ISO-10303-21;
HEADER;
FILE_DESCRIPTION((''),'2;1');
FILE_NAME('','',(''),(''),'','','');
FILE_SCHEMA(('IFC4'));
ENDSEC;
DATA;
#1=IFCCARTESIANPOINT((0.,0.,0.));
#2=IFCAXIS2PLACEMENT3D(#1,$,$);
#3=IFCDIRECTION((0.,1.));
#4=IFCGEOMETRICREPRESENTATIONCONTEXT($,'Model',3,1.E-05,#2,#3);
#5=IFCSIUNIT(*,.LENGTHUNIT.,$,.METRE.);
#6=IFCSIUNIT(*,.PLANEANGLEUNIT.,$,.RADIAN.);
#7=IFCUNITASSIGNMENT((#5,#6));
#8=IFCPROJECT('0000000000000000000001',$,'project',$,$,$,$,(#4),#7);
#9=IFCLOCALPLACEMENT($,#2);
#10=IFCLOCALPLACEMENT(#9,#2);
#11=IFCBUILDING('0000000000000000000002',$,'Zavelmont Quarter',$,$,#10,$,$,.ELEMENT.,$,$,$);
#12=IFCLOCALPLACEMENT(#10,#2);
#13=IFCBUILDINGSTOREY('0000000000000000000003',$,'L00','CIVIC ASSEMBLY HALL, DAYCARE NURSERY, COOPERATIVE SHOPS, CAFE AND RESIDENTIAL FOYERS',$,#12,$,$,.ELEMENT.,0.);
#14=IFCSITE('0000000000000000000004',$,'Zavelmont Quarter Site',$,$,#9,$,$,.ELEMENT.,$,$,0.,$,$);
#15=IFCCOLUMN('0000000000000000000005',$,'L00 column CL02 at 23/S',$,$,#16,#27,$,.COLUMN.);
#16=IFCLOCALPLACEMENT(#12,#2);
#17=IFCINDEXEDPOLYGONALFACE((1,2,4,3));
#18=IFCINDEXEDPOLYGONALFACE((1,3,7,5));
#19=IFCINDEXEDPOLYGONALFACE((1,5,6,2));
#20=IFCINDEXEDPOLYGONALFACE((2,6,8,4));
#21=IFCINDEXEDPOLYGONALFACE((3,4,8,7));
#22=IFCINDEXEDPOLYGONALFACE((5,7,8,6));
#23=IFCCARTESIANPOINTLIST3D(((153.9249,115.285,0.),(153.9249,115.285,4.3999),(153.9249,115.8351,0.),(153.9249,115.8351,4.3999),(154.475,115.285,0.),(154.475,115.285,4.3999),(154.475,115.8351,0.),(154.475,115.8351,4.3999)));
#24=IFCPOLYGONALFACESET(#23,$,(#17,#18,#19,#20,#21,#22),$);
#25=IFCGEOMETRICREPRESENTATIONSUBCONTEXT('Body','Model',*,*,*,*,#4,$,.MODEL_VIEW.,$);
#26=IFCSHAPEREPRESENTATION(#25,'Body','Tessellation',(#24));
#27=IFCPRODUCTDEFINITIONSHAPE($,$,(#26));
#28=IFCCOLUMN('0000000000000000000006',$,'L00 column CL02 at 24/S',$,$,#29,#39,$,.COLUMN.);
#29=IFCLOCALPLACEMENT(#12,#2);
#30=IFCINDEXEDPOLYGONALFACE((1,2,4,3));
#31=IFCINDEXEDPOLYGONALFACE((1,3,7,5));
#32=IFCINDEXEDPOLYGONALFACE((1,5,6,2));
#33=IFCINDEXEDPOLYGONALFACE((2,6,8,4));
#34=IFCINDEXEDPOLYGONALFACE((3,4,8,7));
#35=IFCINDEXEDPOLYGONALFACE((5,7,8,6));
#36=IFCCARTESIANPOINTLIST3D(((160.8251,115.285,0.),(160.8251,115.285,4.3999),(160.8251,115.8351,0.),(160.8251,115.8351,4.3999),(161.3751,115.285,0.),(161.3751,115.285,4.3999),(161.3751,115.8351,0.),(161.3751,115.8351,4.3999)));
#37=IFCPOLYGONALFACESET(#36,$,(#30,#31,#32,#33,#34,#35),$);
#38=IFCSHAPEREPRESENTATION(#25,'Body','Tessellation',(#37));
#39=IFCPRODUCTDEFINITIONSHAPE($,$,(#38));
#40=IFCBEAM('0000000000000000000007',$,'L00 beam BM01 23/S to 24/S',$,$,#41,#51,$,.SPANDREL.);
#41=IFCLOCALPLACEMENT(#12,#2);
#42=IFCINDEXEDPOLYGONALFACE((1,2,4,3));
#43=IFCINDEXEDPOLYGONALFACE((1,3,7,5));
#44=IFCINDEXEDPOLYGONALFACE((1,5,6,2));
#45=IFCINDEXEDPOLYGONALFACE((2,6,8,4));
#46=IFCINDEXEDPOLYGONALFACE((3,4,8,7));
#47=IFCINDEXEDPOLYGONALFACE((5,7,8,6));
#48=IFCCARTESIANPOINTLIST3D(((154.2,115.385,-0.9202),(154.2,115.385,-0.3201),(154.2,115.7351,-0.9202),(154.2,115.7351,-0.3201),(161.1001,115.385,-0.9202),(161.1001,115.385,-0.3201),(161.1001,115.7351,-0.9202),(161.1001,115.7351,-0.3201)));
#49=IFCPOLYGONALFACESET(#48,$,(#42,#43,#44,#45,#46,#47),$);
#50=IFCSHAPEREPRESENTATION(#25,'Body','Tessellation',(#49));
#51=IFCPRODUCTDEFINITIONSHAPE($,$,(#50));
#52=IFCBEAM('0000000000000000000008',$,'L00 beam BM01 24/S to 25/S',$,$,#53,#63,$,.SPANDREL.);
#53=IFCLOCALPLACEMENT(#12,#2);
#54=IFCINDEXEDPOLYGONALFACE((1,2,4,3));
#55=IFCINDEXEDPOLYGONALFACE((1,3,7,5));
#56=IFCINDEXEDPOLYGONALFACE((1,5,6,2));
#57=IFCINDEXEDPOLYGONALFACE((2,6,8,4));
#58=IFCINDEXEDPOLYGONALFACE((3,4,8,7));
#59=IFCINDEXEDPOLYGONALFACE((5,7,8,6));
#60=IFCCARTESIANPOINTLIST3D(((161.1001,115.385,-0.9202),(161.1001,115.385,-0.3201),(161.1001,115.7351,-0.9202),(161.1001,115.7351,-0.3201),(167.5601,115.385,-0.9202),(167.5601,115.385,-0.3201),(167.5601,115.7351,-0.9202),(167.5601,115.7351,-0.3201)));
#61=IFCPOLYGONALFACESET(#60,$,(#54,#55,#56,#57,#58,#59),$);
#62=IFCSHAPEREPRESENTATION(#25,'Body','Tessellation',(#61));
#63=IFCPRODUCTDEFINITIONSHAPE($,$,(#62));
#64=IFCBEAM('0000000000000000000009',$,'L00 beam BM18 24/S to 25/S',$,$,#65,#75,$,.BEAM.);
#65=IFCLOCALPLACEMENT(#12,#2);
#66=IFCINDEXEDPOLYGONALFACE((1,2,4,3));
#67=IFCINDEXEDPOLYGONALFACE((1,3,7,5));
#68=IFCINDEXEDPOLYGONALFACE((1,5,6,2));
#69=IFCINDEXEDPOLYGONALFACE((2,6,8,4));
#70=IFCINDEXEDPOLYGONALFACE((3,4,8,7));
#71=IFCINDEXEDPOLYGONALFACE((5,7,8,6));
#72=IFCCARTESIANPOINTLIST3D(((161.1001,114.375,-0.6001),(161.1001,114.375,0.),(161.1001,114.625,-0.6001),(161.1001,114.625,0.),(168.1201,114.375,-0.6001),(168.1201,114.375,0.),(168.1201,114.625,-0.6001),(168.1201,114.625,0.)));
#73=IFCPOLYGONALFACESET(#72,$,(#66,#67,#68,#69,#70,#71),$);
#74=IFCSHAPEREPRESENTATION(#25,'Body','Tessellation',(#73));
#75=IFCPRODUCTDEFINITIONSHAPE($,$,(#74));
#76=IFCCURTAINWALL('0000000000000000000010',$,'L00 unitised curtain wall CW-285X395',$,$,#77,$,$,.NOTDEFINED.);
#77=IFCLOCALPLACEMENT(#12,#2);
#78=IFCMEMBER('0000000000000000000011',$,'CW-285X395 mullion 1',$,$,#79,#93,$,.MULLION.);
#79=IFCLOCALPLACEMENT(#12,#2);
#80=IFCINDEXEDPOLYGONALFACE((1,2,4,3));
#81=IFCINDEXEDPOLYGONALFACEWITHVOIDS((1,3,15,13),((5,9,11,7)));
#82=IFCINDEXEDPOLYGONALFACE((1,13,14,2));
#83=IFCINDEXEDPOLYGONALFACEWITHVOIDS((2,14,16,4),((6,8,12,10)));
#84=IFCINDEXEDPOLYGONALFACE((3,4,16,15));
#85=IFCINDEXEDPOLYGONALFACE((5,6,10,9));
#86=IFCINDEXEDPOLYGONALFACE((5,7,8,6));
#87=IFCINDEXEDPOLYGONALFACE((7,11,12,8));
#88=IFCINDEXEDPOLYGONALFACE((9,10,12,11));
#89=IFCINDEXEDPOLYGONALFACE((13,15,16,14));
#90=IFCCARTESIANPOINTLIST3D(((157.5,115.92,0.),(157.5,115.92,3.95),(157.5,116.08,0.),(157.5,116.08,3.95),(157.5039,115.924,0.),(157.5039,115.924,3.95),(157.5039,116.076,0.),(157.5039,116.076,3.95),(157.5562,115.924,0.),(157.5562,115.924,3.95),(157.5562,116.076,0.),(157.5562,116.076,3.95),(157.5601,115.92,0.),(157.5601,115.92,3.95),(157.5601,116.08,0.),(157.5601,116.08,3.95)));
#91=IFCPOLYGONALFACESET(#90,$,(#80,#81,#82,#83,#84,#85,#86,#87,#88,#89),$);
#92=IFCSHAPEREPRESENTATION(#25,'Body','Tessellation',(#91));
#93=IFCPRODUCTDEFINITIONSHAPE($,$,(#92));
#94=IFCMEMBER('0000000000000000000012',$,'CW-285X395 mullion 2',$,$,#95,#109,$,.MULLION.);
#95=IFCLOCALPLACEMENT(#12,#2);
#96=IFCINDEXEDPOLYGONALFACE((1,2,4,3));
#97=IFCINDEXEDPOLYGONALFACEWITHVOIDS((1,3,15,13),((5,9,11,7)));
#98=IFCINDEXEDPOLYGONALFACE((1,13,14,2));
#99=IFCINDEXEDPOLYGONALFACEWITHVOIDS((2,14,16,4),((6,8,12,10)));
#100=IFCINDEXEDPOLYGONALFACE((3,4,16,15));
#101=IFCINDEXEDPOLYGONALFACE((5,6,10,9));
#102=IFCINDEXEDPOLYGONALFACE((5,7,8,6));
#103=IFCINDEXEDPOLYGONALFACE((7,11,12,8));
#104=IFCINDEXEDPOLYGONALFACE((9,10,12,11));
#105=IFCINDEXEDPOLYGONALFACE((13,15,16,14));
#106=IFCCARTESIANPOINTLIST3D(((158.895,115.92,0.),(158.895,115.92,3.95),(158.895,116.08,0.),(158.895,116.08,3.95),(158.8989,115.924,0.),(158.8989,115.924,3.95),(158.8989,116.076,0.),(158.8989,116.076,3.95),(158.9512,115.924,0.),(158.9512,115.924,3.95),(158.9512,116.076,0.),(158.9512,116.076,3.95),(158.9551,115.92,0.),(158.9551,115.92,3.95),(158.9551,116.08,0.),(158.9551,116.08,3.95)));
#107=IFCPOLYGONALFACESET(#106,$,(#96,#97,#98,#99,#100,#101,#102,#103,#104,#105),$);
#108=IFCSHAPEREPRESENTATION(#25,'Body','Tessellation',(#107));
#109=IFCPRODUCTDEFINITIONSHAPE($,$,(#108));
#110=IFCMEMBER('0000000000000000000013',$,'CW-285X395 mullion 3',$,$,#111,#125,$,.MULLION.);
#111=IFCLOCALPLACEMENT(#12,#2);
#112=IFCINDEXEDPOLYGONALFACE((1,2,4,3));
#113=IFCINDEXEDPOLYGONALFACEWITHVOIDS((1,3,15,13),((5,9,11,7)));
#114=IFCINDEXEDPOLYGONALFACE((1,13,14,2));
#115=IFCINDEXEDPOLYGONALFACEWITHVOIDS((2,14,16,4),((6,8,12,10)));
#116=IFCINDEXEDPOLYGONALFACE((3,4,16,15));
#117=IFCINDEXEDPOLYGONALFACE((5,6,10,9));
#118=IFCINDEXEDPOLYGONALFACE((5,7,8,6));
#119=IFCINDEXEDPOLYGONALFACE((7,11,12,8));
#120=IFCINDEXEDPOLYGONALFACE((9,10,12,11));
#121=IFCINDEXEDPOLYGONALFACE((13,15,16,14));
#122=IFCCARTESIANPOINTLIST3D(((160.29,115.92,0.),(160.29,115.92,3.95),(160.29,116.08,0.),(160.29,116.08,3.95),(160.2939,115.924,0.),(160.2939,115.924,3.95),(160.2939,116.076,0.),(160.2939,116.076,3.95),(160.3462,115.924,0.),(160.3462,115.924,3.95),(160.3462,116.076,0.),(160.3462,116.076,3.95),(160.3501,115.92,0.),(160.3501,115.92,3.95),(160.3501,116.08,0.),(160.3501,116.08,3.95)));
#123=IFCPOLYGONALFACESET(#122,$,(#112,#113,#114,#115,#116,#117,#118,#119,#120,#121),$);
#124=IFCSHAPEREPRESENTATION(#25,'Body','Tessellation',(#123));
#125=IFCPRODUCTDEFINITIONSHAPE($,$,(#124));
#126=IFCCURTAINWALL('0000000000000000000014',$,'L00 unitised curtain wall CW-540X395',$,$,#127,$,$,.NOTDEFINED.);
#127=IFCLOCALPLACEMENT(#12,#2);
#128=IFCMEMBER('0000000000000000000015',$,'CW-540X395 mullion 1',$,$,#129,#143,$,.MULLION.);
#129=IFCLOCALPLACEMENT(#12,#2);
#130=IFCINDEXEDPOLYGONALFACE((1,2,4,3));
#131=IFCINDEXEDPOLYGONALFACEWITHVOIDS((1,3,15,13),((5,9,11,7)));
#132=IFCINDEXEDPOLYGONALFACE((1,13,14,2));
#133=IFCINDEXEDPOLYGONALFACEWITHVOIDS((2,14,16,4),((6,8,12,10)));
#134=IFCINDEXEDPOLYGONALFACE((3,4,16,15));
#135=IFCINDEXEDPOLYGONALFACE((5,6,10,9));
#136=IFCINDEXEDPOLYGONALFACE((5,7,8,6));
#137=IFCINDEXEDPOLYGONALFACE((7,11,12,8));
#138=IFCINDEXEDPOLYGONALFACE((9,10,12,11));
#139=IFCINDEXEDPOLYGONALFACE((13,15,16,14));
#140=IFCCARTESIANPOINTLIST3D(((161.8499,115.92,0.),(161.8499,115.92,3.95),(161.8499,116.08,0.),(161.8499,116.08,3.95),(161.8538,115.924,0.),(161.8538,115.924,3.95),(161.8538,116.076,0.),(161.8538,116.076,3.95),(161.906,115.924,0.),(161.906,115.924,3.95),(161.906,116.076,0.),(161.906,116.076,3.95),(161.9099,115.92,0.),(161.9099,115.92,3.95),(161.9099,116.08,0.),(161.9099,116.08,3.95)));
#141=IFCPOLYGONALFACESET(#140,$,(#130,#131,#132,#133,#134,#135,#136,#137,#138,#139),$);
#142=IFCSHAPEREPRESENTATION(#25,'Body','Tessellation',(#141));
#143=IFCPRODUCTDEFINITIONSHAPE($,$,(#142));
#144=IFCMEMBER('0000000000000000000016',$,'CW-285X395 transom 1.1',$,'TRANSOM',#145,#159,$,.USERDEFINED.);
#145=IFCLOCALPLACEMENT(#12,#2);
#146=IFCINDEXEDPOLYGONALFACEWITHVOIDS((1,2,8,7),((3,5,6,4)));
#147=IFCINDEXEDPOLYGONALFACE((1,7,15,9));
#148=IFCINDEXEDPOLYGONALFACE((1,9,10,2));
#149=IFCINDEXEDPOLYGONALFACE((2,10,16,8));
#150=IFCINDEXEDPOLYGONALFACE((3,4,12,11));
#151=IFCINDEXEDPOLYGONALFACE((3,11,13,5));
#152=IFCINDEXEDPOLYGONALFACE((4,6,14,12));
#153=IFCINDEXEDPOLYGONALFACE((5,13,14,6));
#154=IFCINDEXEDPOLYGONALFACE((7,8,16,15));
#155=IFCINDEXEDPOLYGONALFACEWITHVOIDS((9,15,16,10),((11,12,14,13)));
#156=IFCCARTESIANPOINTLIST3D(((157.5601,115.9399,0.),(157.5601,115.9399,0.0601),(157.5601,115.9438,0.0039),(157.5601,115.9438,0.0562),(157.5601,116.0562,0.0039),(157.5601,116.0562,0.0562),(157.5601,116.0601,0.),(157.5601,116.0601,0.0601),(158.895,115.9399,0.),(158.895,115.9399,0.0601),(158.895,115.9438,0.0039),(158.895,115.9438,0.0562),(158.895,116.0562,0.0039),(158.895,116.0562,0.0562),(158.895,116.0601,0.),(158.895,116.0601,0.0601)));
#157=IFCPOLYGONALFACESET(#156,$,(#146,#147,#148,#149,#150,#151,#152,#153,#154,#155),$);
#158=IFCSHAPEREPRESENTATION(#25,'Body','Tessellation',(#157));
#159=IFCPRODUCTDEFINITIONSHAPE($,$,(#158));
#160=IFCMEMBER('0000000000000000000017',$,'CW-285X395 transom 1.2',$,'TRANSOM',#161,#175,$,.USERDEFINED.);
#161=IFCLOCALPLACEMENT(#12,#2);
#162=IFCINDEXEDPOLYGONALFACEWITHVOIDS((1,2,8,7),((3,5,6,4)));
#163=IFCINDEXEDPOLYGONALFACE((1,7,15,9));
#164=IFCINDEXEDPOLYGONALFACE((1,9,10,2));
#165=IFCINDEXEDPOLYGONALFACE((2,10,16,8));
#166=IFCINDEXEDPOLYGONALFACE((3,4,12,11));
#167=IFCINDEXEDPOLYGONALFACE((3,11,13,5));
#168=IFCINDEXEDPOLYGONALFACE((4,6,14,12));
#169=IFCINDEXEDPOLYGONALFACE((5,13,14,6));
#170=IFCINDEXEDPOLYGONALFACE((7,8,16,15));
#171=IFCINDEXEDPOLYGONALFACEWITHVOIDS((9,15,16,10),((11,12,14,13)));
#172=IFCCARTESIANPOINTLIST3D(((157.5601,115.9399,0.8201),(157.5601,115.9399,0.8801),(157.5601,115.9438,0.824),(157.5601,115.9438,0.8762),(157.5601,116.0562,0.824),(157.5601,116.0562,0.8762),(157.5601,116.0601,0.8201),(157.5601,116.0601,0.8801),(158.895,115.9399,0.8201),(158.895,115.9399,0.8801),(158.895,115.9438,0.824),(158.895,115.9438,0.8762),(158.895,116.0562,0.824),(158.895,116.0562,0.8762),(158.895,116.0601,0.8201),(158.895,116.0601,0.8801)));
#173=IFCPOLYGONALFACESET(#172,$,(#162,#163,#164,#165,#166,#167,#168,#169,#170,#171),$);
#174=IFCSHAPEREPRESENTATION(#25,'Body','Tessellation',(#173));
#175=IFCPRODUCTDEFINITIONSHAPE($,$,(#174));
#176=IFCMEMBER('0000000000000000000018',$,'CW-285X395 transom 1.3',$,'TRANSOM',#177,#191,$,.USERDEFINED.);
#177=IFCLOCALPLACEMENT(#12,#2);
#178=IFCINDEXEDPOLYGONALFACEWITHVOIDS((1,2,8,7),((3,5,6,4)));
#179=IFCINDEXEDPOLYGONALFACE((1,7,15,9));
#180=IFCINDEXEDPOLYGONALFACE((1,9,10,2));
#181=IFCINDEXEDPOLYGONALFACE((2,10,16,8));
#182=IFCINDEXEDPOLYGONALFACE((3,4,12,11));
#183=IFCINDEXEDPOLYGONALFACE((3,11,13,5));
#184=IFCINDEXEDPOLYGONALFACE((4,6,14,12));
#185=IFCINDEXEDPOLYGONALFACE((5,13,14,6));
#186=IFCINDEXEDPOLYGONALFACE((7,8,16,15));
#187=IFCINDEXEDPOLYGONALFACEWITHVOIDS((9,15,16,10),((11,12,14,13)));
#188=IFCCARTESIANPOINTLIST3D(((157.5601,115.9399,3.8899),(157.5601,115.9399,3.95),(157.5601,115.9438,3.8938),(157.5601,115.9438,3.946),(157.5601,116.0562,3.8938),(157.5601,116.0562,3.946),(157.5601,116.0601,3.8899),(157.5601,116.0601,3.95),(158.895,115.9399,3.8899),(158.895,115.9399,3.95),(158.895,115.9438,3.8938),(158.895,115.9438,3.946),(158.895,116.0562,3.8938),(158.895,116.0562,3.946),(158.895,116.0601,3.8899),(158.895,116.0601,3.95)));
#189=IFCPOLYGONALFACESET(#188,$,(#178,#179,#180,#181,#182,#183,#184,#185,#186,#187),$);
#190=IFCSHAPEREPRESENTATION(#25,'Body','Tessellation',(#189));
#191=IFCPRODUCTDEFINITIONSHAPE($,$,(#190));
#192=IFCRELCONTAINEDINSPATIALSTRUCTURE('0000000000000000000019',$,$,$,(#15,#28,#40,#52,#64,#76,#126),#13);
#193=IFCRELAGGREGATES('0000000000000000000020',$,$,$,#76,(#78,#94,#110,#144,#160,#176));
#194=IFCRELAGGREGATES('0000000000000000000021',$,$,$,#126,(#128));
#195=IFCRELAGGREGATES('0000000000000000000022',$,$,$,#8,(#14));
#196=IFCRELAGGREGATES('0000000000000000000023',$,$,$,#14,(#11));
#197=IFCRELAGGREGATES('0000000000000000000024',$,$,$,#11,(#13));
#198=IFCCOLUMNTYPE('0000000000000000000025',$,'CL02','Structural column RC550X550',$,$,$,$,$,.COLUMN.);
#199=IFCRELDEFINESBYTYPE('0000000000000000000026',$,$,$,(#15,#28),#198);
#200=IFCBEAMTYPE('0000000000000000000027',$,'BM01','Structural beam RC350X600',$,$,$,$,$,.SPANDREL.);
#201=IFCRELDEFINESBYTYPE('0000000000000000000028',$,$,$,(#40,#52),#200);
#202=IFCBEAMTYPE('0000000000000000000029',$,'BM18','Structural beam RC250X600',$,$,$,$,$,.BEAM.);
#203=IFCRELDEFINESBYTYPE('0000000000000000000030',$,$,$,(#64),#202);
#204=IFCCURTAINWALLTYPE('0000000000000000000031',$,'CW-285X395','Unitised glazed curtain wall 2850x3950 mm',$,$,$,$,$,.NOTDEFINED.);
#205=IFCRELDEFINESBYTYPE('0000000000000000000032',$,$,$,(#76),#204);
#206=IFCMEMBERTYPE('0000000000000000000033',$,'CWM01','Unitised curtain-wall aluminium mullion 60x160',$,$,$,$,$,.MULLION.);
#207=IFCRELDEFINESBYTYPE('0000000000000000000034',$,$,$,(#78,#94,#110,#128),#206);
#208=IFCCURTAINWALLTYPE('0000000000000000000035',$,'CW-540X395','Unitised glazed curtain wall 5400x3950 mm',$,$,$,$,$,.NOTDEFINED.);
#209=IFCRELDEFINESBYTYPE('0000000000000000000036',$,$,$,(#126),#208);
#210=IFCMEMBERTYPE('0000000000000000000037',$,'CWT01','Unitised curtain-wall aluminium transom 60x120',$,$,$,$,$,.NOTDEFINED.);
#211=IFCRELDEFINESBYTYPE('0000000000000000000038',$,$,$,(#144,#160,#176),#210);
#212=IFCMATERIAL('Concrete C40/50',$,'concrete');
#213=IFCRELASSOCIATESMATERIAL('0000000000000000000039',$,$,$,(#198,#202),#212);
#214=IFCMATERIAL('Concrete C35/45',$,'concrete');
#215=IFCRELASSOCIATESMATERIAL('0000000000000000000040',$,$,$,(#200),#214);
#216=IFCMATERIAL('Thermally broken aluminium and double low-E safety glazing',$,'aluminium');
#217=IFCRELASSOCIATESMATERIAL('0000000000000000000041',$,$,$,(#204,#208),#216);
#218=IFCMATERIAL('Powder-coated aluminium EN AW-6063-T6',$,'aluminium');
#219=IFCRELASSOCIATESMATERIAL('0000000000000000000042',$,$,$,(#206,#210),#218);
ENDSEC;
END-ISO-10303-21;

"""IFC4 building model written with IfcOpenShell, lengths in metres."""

from ifc_helpers import new_model, si_unit, direction, frame, origin, origin_2d, place, context, subcontext, project, spatial, rectangle, hollow_rectangle, extrude, material, material_profile, profile_set, type_object, element, aggregate, save


model = new_model("IFC4")

# Units and contexts
model_context = context("Model", 3, precision=1e-05, world=origin(), true_north=direction((0.0, 1.0)))
body_context = subcontext(model_context, "Body", "Model", "MODEL_VIEW")
ifc_project = project(units=[si_unit("LENGTHUNIT", "METRE"), si_unit("PLANEANGLEUNIT", "RADIAN")], contexts=[model_context])

# Site, building, storey
site_placement = place(None, origin())
site = spatial("IfcSite", under=ifc_project, at=site_placement, Name="Zavelmont Quarter Site", CompositionType="ELEMENT", RefElevation=0.0)
building_placement = place(site_placement, origin())
building = spatial("IfcBuilding", under=site, at=building_placement, Name="Zavelmont Quarter", CompositionType="ELEMENT")
storey_placement = place(building_placement, origin())
storey = spatial("IfcBuildingStorey", under=building, at=storey_placement, Name="L00", Description="CIVIC ASSEMBLY HALL, DAYCARE NURSERY, COOPERATIVE SHOPS, CAFE AND RESIDENTIAL FOYERS", CompositionType="ELEMENT", Elevation=0.0)

# Columns
ifc_material_1 = material(Name="Concrete C40/50", Category="concrete")
ifc_material_profile_1 = material_profile(ifc_material_1, rectangle(XDim=0.55, YDim=0.55, at=origin_2d()), Name="RC550X550")
ifc_profile_set_1 = profile_set([ifc_material_profile_1], Name="Concrete C40/50")
column_type = type_object("IfcColumnType", Name="CL02", Description="Structural column RC550X550", PredefinedType="COLUMN", material=ifc_profile_set_1)
for number, where, z_axis, x_axis, name in (
    (1, (154.2, 115.5601, 0.0), (0.0, 0.0, 1.0), (1.0, 0.0, 0.0), "L00 column CL02 at 23/S"),
    (2, (161.1001, 115.5601, 0.0), (0.0, 0.0, 1.0), (1.0, 0.0, 0.0), "L00 column CL02 at 24/S"),
):
    element("IfcColumn", number, at=place(storey_placement, frame(where, z_axis=z_axis, x_axis=x_axis)), inside=storey, type_object=column_type, Name=name, PredefinedType="COLUMN", context=body_context, shape_type="SweptSolid", body=[
        extrude(rectangle(XDim=0.55, YDim=0.55, at=origin_2d()), origin(), (0.0, 0.0, 1.0), 4.3999),
    ])

# Beams
ifc_material_2 = material(Name="Concrete C35/45", Category="concrete")
ifc_material_profile_2 = material_profile(ifc_material_2, rectangle(XDim=0.3501, YDim=0.6001, at=origin_2d()), Name="RC350X600")
ifc_profile_set_2 = profile_set([ifc_material_profile_2], Name="Concrete C35/45")
beam_type_1 = type_object("IfcBeamType", Name="BM01", Description="Structural beam RC350X600", PredefinedType="SPANDREL", material=ifc_profile_set_2)
beam_1_placement = place(storey_placement, frame((154.2, 115.5601, -0.6201), z_axis=(1.0, 0.0, 0.0), x_axis=(0.0, 1.0, 0.0)))
element("IfcBeam", 3, at=beam_1_placement, inside=storey, type_object=beam_type_1, Name="L00 beam BM01 23/S to 24/S", PredefinedType="SPANDREL", context=body_context, shape_type="SweptSolid", body=[
    extrude(rectangle(XDim=0.3501, YDim=0.6001, at=origin_2d()), origin(), (0.0, 0.0, 1.0), 6.9001),
])
beam_2_placement = place(storey_placement, frame((161.1001, 115.5601, -0.6201), z_axis=(1.0, 0.0, 0.0), x_axis=(0.0, 1.0, 0.0)))
element("IfcBeam", 4, at=beam_2_placement, inside=storey, type_object=beam_type_1, Name="L00 beam BM01 24/S to 25/S", PredefinedType="SPANDREL", context=body_context, shape_type="SweptSolid", body=[
    extrude(rectangle(XDim=0.3501, YDim=0.6001, at=origin_2d()), origin(), (0.0, 0.0, 1.0), 6.46),
])
ifc_material_profile_3 = material_profile(ifc_material_1, rectangle(XDim=0.25, YDim=0.6001, at=origin_2d()), Name="RC250X600")
ifc_profile_set_3 = profile_set([ifc_material_profile_3], Name="Concrete C40/50")
beam_type_2 = type_object("IfcBeamType", Name="BM18", Description="Structural beam RC250X600", PredefinedType="BEAM", material=ifc_profile_set_3)
beam_3_placement = place(storey_placement, frame((161.1001, 114.5, -0.3), z_axis=(1.0, 0.0, 0.0), x_axis=(0.0, 1.0, 0.0)))
element("IfcBeam", 5, at=beam_3_placement, inside=storey, type_object=beam_type_2, Name="L00 beam BM18 24/S to 25/S", PredefinedType="BEAM", context=body_context, shape_type="SweptSolid", body=[
    extrude(rectangle(XDim=0.25, YDim=0.6001, at=origin_2d()), origin(), (0.0, 0.0, 1.0), 7.02),
])

# Curtain wall, members
ifc_material_3 = material(Name="Thermally broken aluminium and double low-E safety glazing", Category="aluminium")
curtain_wall_type_1 = type_object("IfcCurtainWallType", Name="CW-285X395", Description="Unitised glazed curtain wall 2850x3950 mm", PredefinedType="NOTDEFINED", material=ifc_material_3)
curtain_wall_1_placement = place(storey_placement, origin())
curtain_wall_1 = element("IfcCurtainWall", 6, at=curtain_wall_1_placement, inside=storey, type_object=curtain_wall_type_1, Name="L00 unitised curtain wall CW-285X395", PredefinedType="NOTDEFINED")
ifc_material_4 = material(Name="Powder-coated aluminium EN AW-6063-T6", Category="aluminium")
ifc_material_profile_4 = material_profile(ifc_material_4, hollow_rectangle(XDim=0.0601, YDim=0.1599, WallThickness=0.0039, at=origin_2d()), Name="CWM60X160")
ifc_profile_set_4 = profile_set([ifc_material_profile_4], Name="Powder-coated aluminium EN AW-6063-T6")
member_type_1 = type_object("IfcMemberType", Name="CWM01", Description="Unitised curtain-wall aluminium mullion 60x160", PredefinedType="MULLION", material=ifc_profile_set_4)
member_1_placement = place(storey_placement, frame((157.53, 116.0, 0.0), z_axis=(0.0, 0.0, 1.0), x_axis=(1.0, 0.0, 0.0)))
member_1 = element("IfcMember", 7, at=member_1_placement, type_object=member_type_1, Name="CW-285X395 mullion 1", PredefinedType="MULLION", context=body_context, shape_type="SweptSolid", body=[
    extrude(hollow_rectangle(XDim=0.0601, YDim=0.1599, WallThickness=0.0039, at=origin_2d()), origin(), (0.0, 0.0, 1.0), 3.95),
])
member_2_placement = place(storey_placement, frame((158.925, 116.0, 0.0), z_axis=(0.0, 0.0, 1.0), x_axis=(1.0, 0.0, 0.0)))
member_2 = element("IfcMember", 8, at=member_2_placement, type_object=member_type_1, Name="CW-285X395 mullion 2", PredefinedType="MULLION", context=body_context, shape_type="SweptSolid", body=[
    extrude(hollow_rectangle(XDim=0.0601, YDim=0.1599, WallThickness=0.0039, at=origin_2d()), origin(), (0.0, 0.0, 1.0), 3.95),
])
member_3_placement = place(storey_placement, frame((160.3201, 116.0, 0.0), z_axis=(0.0, 0.0, 1.0), x_axis=(1.0, 0.0, 0.0)))
member_3 = element("IfcMember", 9, at=member_3_placement, type_object=member_type_1, Name="CW-285X395 mullion 3", PredefinedType="MULLION", context=body_context, shape_type="SweptSolid", body=[
    extrude(hollow_rectangle(XDim=0.0601, YDim=0.1599, WallThickness=0.0039, at=origin_2d()), origin(), (0.0, 0.0, 1.0), 3.95),
])

# Curtain wall, member
curtain_wall_type_2 = type_object("IfcCurtainWallType", Name="CW-540X395", Description="Unitised glazed curtain wall 5400x3950 mm", PredefinedType="NOTDEFINED", material=ifc_material_3)
curtain_wall_2_placement = place(storey_placement, origin())
curtain_wall_2 = element("IfcCurtainWall", 10, at=curtain_wall_2_placement, inside=storey, type_object=curtain_wall_type_2, Name="L00 unitised curtain wall CW-540X395", PredefinedType="NOTDEFINED")
member_4_placement = place(storey_placement, frame((161.8799, 116.0, 0.0), z_axis=(0.0, 0.0, 1.0), x_axis=(1.0, 0.0, 0.0)))
member_4 = element("IfcMember", 11, at=member_4_placement, type_object=member_type_1, Name="CW-540X395 mullion 1", PredefinedType="MULLION", context=body_context, shape_type="SweptSolid", body=[
    extrude(hollow_rectangle(XDim=0.0601, YDim=0.1599, WallThickness=0.0039, at=origin_2d()), origin(), (0.0, 0.0, 1.0), 3.95),
])

# Members
ifc_material_profile_5 = material_profile(ifc_material_4, hollow_rectangle(XDim=0.1201, YDim=0.0601, WallThickness=0.0039, at=origin_2d()), Name="CWT60X120")
ifc_profile_set_5 = profile_set([ifc_material_profile_5], Name="Powder-coated aluminium EN AW-6063-T6")
member_type_2 = type_object("IfcMemberType", Name="CWT01", Description="Unitised curtain-wall aluminium transom 60x120", PredefinedType="NOTDEFINED", material=ifc_profile_set_5)
member_5_placement = place(storey_placement, frame((157.5601, 116.0, 0.03), z_axis=(1.0, 0.0, 0.0), x_axis=(0.0, 1.0, 0.0)))
member_5 = element("IfcMember", 12, at=member_5_placement, type_object=member_type_2, Name="CW-285X395 transom 1.1", ObjectType="TRANSOM", PredefinedType="USERDEFINED", context=body_context, shape_type="SweptSolid", body=[
    extrude(hollow_rectangle(XDim=0.1201, YDim=0.0601, WallThickness=0.0039, at=origin_2d()), origin(), (0.0, 0.0, 1.0), 1.335),
])
member_6_placement = place(storey_placement, frame((157.5601, 116.0, 0.8501), z_axis=(1.0, 0.0, 0.0), x_axis=(0.0, 1.0, 0.0)))
member_6 = element("IfcMember", 13, at=member_6_placement, type_object=member_type_2, Name="CW-285X395 transom 1.2", ObjectType="TRANSOM", PredefinedType="USERDEFINED", context=body_context, shape_type="SweptSolid", body=[
    extrude(hollow_rectangle(XDim=0.1201, YDim=0.0601, WallThickness=0.0039, at=origin_2d()), origin(), (0.0, 0.0, 1.0), 1.335),
])
member_7_placement = place(storey_placement, frame((157.5601, 116.0, 3.9199), z_axis=(1.0, 0.0, 0.0), x_axis=(0.0, 1.0, 0.0)))
member_7 = element("IfcMember", 14, at=member_7_placement, type_object=member_type_2, Name="CW-285X395 transom 1.3", ObjectType="TRANSOM", PredefinedType="USERDEFINED", context=body_context, shape_type="SweptSolid", body=[
    extrude(hollow_rectangle(XDim=0.1201, YDim=0.0601, WallThickness=0.0039, at=origin_2d()), origin(), (0.0, 0.0, 1.0), 1.335),
])

aggregate(curtain_wall_1, [member_1, member_2, member_3, member_5, member_6, member_7])
aggregate(curtain_wall_2, [member_4])

save(model, "model.ifc")
